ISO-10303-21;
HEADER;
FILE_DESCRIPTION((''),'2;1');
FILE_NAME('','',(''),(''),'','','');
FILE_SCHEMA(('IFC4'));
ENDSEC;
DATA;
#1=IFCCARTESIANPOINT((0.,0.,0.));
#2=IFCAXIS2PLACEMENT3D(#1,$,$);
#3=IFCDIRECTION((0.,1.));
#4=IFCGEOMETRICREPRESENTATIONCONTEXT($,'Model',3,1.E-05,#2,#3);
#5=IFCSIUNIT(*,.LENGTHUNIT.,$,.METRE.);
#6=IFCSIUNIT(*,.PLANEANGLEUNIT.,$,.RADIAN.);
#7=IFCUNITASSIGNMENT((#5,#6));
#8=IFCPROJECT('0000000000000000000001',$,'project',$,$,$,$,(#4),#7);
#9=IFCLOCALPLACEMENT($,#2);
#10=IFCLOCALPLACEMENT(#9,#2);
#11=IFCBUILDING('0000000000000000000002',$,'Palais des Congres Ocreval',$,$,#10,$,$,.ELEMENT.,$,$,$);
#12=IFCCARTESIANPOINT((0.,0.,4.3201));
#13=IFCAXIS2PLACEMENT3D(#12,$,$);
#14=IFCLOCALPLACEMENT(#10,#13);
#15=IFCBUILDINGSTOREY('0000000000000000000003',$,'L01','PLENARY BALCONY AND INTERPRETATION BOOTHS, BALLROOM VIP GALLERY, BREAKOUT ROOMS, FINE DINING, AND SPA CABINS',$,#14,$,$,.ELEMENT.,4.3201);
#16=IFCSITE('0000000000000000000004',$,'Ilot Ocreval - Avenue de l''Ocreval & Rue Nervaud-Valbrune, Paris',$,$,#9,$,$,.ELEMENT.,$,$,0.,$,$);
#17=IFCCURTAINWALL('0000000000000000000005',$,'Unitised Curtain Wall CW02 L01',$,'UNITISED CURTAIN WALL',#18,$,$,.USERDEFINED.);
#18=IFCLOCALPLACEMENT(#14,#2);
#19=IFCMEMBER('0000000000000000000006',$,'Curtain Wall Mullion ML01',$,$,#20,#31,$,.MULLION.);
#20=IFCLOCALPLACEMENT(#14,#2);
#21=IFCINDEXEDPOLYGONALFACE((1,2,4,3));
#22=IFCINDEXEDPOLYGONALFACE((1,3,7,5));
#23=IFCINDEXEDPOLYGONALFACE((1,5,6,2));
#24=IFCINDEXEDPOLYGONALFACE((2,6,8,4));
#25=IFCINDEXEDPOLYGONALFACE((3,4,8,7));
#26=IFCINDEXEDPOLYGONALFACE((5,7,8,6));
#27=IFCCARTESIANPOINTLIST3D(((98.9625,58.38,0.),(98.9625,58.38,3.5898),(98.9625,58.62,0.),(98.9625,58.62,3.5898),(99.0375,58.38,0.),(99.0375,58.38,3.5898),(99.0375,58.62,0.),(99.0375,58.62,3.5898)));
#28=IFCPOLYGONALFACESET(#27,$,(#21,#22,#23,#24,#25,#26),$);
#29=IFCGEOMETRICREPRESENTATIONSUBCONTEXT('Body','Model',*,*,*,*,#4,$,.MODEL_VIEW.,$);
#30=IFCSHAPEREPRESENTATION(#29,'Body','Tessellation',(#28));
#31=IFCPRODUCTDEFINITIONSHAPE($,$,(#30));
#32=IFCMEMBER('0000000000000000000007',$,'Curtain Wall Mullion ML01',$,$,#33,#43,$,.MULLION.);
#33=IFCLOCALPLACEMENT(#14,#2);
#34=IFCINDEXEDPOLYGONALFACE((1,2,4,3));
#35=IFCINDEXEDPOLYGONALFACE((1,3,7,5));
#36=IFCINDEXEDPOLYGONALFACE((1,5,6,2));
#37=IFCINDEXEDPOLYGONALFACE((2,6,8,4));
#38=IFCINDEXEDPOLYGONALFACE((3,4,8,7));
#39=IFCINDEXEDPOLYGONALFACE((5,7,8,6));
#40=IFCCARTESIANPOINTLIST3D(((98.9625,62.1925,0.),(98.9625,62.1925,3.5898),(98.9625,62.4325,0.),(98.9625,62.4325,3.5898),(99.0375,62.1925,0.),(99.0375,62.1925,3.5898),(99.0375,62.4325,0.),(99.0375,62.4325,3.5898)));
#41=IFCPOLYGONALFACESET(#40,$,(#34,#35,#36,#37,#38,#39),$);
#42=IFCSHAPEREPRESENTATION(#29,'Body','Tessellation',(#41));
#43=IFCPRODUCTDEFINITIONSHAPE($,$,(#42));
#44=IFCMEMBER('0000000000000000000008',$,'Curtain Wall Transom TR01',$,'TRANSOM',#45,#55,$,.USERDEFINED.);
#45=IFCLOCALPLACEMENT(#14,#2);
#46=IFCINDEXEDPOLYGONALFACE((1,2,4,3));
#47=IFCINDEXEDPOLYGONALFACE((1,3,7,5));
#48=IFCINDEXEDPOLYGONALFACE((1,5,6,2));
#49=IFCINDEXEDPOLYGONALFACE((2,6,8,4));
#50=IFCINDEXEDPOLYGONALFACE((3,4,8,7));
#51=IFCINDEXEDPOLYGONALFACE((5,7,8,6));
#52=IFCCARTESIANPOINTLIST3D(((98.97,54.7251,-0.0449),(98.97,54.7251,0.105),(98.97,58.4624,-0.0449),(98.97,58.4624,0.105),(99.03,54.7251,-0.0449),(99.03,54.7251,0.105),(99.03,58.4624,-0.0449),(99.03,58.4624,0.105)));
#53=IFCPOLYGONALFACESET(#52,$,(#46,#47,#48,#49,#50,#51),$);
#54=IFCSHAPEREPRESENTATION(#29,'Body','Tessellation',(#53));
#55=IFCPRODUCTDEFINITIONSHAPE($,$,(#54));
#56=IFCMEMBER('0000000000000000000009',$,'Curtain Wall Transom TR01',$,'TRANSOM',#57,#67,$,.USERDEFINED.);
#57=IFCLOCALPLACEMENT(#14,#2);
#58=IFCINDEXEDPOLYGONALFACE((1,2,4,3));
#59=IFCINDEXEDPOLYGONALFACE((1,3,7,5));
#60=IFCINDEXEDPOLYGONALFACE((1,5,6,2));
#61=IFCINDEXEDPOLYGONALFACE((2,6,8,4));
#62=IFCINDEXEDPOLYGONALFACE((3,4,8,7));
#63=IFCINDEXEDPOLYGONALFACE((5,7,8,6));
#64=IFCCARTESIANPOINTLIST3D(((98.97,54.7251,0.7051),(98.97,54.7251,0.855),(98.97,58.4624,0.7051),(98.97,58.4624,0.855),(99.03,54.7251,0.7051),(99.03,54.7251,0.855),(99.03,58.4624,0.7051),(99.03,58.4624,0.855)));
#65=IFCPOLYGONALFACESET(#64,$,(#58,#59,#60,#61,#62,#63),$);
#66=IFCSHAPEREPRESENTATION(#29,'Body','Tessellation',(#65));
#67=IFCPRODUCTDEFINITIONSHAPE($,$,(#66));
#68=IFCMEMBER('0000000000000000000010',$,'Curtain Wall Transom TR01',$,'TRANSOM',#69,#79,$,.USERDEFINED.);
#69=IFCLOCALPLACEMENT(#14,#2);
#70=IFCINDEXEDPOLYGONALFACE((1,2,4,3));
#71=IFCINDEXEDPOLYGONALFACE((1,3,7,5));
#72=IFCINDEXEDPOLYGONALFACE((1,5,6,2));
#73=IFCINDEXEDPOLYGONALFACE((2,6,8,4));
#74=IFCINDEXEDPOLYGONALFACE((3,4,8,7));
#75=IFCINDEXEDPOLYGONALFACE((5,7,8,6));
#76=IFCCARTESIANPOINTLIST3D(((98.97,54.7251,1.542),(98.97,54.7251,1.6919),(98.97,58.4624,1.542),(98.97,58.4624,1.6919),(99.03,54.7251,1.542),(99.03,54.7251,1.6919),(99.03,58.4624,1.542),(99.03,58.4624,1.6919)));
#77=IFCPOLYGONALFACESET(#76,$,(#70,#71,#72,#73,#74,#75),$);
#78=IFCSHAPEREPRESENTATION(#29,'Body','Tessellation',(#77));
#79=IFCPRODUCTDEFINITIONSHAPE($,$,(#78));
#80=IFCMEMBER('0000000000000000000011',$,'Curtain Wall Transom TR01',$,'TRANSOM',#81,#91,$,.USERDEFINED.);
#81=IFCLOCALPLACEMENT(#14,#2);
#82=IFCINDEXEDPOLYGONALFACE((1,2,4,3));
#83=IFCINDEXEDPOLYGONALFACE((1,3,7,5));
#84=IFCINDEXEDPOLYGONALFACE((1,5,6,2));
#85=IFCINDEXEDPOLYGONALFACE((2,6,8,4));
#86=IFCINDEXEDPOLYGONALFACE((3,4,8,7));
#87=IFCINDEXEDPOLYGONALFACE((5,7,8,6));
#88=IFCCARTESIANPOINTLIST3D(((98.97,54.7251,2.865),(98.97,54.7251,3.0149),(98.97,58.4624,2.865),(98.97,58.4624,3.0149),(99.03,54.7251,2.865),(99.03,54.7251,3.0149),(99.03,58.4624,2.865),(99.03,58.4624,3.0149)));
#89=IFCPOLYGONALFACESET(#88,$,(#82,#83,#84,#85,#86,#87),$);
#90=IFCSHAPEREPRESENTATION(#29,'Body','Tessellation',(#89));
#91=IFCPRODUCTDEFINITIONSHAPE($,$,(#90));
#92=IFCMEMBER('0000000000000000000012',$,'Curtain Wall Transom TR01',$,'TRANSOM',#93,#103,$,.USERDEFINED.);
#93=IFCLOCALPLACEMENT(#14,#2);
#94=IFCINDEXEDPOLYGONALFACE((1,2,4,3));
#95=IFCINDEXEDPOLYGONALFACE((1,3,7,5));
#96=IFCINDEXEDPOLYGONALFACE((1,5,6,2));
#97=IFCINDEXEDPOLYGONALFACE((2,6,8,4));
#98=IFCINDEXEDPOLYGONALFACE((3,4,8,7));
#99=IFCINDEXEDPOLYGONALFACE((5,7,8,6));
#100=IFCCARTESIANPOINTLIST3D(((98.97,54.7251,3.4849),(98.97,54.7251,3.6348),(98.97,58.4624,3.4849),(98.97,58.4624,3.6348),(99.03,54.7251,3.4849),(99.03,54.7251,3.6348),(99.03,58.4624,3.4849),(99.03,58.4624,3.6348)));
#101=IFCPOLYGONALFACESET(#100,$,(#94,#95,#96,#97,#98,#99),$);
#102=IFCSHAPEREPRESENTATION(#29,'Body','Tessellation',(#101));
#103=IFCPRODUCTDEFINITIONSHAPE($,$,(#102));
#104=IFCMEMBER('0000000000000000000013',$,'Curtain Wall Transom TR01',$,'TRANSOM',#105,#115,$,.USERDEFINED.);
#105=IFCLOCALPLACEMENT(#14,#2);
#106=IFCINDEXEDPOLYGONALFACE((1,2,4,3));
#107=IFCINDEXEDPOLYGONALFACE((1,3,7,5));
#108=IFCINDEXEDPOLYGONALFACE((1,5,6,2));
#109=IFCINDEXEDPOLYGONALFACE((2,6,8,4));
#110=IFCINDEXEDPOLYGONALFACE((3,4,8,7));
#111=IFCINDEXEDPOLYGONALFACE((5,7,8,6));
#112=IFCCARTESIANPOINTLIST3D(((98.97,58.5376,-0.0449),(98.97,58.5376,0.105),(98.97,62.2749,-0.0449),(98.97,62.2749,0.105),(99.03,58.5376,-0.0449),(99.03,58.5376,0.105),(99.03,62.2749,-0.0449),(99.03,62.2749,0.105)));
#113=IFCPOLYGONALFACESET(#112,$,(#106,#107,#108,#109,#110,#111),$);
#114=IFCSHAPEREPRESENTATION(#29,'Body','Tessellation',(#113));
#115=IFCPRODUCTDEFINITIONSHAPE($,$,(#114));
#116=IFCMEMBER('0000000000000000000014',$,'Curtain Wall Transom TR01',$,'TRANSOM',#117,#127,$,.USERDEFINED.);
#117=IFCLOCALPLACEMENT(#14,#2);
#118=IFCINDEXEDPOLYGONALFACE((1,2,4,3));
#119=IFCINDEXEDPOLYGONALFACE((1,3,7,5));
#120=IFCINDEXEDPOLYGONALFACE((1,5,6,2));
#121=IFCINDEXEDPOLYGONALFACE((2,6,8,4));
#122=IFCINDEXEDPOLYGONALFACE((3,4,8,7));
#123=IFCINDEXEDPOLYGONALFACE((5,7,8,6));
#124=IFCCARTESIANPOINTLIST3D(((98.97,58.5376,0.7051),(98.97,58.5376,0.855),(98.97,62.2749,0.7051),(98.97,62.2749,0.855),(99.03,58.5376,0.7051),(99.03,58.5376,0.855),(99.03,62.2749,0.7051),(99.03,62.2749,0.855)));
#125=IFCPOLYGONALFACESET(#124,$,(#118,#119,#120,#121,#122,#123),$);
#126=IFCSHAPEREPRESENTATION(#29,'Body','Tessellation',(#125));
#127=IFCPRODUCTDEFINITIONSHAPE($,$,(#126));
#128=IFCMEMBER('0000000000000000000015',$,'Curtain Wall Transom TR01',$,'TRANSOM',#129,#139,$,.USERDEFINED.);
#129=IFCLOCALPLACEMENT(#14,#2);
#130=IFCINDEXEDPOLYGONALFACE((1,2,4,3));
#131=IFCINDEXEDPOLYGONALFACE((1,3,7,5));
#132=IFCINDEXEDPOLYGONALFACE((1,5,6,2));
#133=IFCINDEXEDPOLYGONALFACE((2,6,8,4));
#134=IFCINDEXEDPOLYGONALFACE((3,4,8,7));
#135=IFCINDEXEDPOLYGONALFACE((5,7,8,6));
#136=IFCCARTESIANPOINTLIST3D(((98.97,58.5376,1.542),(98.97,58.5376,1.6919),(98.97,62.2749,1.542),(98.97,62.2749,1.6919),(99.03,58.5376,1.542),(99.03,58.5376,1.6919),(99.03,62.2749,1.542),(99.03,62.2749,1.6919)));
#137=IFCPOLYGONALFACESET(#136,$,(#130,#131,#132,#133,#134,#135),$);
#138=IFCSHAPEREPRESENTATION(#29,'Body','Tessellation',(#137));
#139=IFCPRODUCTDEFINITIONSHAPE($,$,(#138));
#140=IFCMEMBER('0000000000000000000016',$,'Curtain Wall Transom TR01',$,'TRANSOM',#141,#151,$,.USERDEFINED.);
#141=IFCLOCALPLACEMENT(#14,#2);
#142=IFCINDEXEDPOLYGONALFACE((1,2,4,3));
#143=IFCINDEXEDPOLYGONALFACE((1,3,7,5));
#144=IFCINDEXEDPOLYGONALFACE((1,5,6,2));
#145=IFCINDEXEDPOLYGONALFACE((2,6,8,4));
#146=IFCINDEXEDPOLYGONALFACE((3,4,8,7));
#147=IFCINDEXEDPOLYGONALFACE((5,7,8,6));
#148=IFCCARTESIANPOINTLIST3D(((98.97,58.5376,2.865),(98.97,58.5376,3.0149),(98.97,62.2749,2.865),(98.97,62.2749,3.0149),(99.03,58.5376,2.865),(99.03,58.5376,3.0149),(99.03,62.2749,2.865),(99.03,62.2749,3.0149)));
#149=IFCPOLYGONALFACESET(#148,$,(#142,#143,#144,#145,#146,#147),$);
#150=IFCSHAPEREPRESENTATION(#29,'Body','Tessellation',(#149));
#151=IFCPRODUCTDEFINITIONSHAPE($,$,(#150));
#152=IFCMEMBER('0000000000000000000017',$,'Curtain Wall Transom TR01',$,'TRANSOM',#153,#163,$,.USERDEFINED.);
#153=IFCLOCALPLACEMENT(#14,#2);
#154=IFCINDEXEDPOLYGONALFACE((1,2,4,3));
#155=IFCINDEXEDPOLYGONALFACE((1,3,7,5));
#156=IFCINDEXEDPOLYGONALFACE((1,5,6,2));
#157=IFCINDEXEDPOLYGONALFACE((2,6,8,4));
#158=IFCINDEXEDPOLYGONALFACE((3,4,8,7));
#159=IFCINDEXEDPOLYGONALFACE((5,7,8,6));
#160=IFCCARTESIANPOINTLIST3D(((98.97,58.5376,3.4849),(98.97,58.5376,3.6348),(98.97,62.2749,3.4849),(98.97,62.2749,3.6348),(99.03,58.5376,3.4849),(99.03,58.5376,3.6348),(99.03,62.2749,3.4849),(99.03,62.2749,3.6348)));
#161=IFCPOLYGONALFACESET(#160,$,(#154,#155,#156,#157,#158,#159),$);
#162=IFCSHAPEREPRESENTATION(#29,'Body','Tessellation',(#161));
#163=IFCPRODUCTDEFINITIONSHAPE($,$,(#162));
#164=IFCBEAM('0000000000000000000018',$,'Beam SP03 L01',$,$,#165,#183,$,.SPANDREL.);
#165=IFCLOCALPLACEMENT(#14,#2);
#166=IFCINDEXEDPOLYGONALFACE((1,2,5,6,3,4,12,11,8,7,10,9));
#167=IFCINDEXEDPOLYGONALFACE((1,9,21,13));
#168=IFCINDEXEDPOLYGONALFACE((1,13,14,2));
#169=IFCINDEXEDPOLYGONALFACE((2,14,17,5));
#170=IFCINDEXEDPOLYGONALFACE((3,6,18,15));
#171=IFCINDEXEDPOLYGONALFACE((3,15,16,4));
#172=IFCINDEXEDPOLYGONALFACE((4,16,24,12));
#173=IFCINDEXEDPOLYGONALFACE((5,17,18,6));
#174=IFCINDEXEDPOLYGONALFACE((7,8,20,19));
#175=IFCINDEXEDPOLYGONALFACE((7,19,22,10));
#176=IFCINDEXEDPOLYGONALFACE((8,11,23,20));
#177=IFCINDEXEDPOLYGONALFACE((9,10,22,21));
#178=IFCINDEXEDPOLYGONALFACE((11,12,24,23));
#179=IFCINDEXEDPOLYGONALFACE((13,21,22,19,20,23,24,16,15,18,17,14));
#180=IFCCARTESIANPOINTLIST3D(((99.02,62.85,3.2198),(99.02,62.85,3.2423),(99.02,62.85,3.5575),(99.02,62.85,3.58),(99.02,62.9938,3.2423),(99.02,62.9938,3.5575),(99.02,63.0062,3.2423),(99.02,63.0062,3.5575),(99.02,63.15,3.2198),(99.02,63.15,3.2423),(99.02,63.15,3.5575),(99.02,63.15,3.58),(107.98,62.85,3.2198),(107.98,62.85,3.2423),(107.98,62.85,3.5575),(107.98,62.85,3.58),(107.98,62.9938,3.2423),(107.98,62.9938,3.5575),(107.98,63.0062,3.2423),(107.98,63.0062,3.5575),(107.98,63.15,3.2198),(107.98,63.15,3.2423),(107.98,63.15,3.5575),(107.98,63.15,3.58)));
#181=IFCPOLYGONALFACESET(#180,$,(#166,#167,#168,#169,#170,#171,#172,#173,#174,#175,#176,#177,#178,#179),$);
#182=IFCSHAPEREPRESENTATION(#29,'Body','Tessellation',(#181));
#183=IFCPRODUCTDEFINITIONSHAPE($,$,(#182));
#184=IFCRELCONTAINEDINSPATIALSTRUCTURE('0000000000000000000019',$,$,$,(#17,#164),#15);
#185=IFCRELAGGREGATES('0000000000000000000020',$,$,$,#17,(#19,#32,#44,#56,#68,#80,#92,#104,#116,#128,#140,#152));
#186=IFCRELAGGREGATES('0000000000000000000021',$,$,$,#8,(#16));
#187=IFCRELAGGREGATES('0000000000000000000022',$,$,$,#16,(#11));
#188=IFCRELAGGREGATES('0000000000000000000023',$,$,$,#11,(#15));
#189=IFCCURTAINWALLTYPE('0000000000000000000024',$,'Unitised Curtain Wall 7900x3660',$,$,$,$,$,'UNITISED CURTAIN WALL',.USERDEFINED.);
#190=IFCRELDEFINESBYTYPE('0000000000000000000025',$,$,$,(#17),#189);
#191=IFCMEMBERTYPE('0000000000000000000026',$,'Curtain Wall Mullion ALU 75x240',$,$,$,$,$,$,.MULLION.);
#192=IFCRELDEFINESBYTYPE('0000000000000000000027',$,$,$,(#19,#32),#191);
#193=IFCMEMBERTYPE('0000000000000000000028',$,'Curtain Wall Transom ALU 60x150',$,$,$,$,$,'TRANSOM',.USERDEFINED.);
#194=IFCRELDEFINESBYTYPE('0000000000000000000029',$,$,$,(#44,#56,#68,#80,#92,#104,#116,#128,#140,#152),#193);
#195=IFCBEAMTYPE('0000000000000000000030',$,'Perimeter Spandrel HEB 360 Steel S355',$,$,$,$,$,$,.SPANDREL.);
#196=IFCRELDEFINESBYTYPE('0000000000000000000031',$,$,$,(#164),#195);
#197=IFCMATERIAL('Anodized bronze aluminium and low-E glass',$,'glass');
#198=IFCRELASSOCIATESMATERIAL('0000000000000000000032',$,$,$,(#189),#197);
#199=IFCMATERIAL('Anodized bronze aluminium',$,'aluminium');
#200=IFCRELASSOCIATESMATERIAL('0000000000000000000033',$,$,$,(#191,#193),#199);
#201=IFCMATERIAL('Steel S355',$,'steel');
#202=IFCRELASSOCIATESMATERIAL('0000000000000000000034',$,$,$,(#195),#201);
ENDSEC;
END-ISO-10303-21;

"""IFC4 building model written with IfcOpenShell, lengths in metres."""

from ifc_helpers import new_model, si_unit, direction, frame, origin, origin_2d, place, context, subcontext, project, spatial, rectangle, i_section, extrude, material, material_profile, profile_set, type_object, element, aggregate, save


model = new_model("IFC4")

# Units and contexts
model_context = context("Model", 3, precision=1e-05, world=origin(), true_north=direction((0.0, 1.0)))
body_context = subcontext(model_context, "Body", "Model", "MODEL_VIEW")
ifc_project = project(units=[si_unit("LENGTHUNIT", "METRE"), si_unit("PLANEANGLEUNIT", "RADIAN")], contexts=[model_context])

# Site, building, storey
site_placement = place(None, origin())
site = spatial("IfcSite", under=ifc_project, at=site_placement, Name="Ilot Ocreval - Avenue de l'Ocreval & Rue Nervaud-Valbrune, Paris", CompositionType="ELEMENT", RefElevation=0.0)
building_placement = place(site_placement, origin())
building = spatial("IfcBuilding", under=site, at=building_placement, Name="Palais des Congres Ocreval", CompositionType="ELEMENT")
storey_placement = place(building_placement, frame((0.0, 0.0, 4.3201)))
storey = spatial("IfcBuildingStorey", under=building, at=storey_placement, Name="L01", Description="PLENARY BALCONY AND INTERPRETATION BOOTHS, BALLROOM VIP GALLERY, BREAKOUT ROOMS, FINE DINING, AND SPA CABINS", CompositionType="ELEMENT", Elevation=4.3201)

# Curtain wall, members
ifc_material_1 = material(Name="Anodized bronze aluminium and low-E glass", Category="glass")
curtain_wall_type = type_object("IfcCurtainWallType", Name="Unitised Curtain Wall 7900x3660", ElementType="UNITISED CURTAIN WALL", PredefinedType="USERDEFINED", material=ifc_material_1)
curtain_wall_placement = place(storey_placement, origin())
curtain_wall = element("IfcCurtainWall", 1, at=curtain_wall_placement, inside=storey, type_object=curtain_wall_type, Name="Unitised Curtain Wall CW02 L01", ObjectType="UNITISED CURTAIN WALL", PredefinedType="USERDEFINED")
ifc_material_2 = material(Name="Anodized bronze aluminium", Category="aluminium")
ifc_material_profile_1 = material_profile(ifc_material_2, rectangle(XDim=0.075, YDim=0.24, at=origin_2d()), Name="ALU 75x240")
ifc_profile_set_1 = profile_set([ifc_material_profile_1], Name="Anodized bronze aluminium")
member_type_1 = type_object("IfcMemberType", Name="Curtain Wall Mullion ALU 75x240", PredefinedType="MULLION", material=ifc_profile_set_1)
member_1_placement = place(storey_placement, frame((99.0, 58.5, 0.0), z_axis=(0.0, 0.0, 1.0), x_axis=(-1.0, 0.0, 0.0)))
member_1 = element("IfcMember", 2, at=member_1_placement, type_object=member_type_1, Name="Curtain Wall Mullion ML01", PredefinedType="MULLION", context=body_context, shape_type="SweptSolid", body=[
    extrude(rectangle(XDim=0.075, YDim=0.24, at=origin_2d()), origin(), (0.0, 0.0, 1.0), 3.5898),
])
member_2_placement = place(storey_placement, frame((99.0, 62.3125, 0.0), z_axis=(0.0, 0.0, 1.0), x_axis=(-1.0, 0.0, 0.0)))
member_2 = element("IfcMember", 3, at=member_2_placement, type_object=member_type_1, Name="Curtain Wall Mullion ML01", PredefinedType="MULLION", context=body_context, shape_type="SweptSolid", body=[
    extrude(rectangle(XDim=0.075, YDim=0.24, at=origin_2d()), origin(), (0.0, 0.0, 1.0), 3.5898),
])
ifc_material_profile_2 = material_profile(ifc_material_2, rectangle(XDim=0.0601, YDim=0.1499, at=origin_2d()), Name="ALU 60x150")
ifc_profile_set_2 = profile_set([ifc_material_profile_2], Name="Anodized bronze aluminium")
member_type_2 = type_object("IfcMemberType", Name="Curtain Wall Transom ALU 60x150", ElementType="TRANSOM", PredefinedType="USERDEFINED", material=ifc_profile_set_2)
member_3_placement = place(storey_placement, frame((99.0, 54.7251, 0.03), z_axis=(0.0, 1.0, 0.0), x_axis=(-1.0, 0.0, 0.0)))
member_3 = element("IfcMember", 4, at=member_3_placement, type_object=member_type_2, Name="Curtain Wall Transom TR01", ObjectType="TRANSOM", PredefinedType="USERDEFINED", context=body_context, shape_type="SweptSolid", body=[
    extrude(rectangle(XDim=0.0601, YDim=0.1499, at=origin_2d()), origin(), (0.0, 0.0, 1.0), 3.7373),
])
member_4_placement = place(storey_placement, frame((99.0, 54.7251, 0.78), z_axis=(0.0, 1.0, 0.0), x_axis=(-1.0, 0.0, 0.0)))
member_4 = element("IfcMember", 5, at=member_4_placement, type_object=member_type_2, Name="Curtain Wall Transom TR01", ObjectType="TRANSOM", PredefinedType="USERDEFINED", context=body_context, shape_type="SweptSolid", body=[
    extrude(rectangle(XDim=0.0601, YDim=0.1499, at=origin_2d()), origin(), (0.0, 0.0, 1.0), 3.7373),
])
member_5_placement = place(storey_placement, frame((99.0, 54.7251, 1.6169), z_axis=(0.0, 1.0, 0.0), x_axis=(-1.0, 0.0, 0.0)))
member_5 = element("IfcMember", 6, at=member_5_placement, type_object=member_type_2, Name="Curtain Wall Transom TR01", ObjectType="TRANSOM", PredefinedType="USERDEFINED", context=body_context, shape_type="SweptSolid", body=[
    extrude(rectangle(XDim=0.0601, YDim=0.1499, at=origin_2d()), origin(), (0.0, 0.0, 1.0), 3.7373),
])
member_6_placement = place(storey_placement, frame((99.0, 54.7251, 2.9399), z_axis=(0.0, 1.0, 0.0), x_axis=(-1.0, 0.0, 0.0)))
member_6 = element("IfcMember", 7, at=member_6_placement, type_object=member_type_2, Name="Curtain Wall Transom TR01", ObjectType="TRANSOM", PredefinedType="USERDEFINED", context=body_context, shape_type="SweptSolid", body=[
    extrude(rectangle(XDim=0.0601, YDim=0.1499, at=origin_2d()), origin(), (0.0, 0.0, 1.0), 3.7373),
])
member_7_placement = place(storey_placement, frame((99.0, 54.7251, 3.5598), z_axis=(0.0, 1.0, 0.0), x_axis=(-1.0, 0.0, 0.0)))
member_7 = element("IfcMember", 8, at=member_7_placement, type_object=member_type_2, Name="Curtain Wall Transom TR01", ObjectType="TRANSOM", PredefinedType="USERDEFINED", context=body_context, shape_type="SweptSolid", body=[
    extrude(rectangle(XDim=0.0601, YDim=0.1499, at=origin_2d()), origin(), (0.0, 0.0, 1.0), 3.7373),
])
member_8_placement = place(storey_placement, frame((99.0, 58.5376, 0.03), z_axis=(0.0, 1.0, 0.0), x_axis=(-1.0, 0.0, 0.0)))
member_8 = element("IfcMember", 9, at=member_8_placement, type_object=member_type_2, Name="Curtain Wall Transom TR01", ObjectType="TRANSOM", PredefinedType="USERDEFINED", context=body_context, shape_type="SweptSolid", body=[
    extrude(rectangle(XDim=0.0601, YDim=0.1499, at=origin_2d()), origin(), (0.0, 0.0, 1.0), 3.7373),
])
member_9_placement = place(storey_placement, frame((99.0, 58.5376, 0.78), z_axis=(0.0, 1.0, 0.0), x_axis=(-1.0, 0.0, 0.0)))
member_9 = element("IfcMember", 10, at=member_9_placement, type_object=member_type_2, Name="Curtain Wall Transom TR01", ObjectType="TRANSOM", PredefinedType="USERDEFINED", context=body_context, shape_type="SweptSolid", body=[
    extrude(rectangle(XDim=0.0601, YDim=0.1499, at=origin_2d()), origin(), (0.0, 0.0, 1.0), 3.7373),
])
member_10_placement = place(storey_placement, frame((99.0, 58.5376, 1.6169), z_axis=(0.0, 1.0, 0.0), x_axis=(-1.0, 0.0, 0.0)))
member_10 = element("IfcMember", 11, at=member_10_placement, type_object=member_type_2, Name="Curtain Wall Transom TR01", ObjectType="TRANSOM", PredefinedType="USERDEFINED", context=body_context, shape_type="SweptSolid", body=[
    extrude(rectangle(XDim=0.0601, YDim=0.1499, at=origin_2d()), origin(), (0.0, 0.0, 1.0), 3.7373),
])
member_11_placement = place(storey_placement, frame((99.0, 58.5376, 2.9399), z_axis=(0.0, 1.0, 0.0), x_axis=(-1.0, 0.0, 0.0)))
member_11 = element("IfcMember", 12, at=member_11_placement, type_object=member_type_2, Name="Curtain Wall Transom TR01", ObjectType="TRANSOM", PredefinedType="USERDEFINED", context=body_context, shape_type="SweptSolid", body=[
    extrude(rectangle(XDim=0.0601, YDim=0.1499, at=origin_2d()), origin(), (0.0, 0.0, 1.0), 3.7373),
])
member_12_placement = place(storey_placement, frame((99.0, 58.5376, 3.5598), z_axis=(0.0, 1.0, 0.0), x_axis=(-1.0, 0.0, 0.0)))
member_12 = element("IfcMember", 13, at=member_12_placement, type_object=member_type_2, Name="Curtain Wall Transom TR01", ObjectType="TRANSOM", PredefinedType="USERDEFINED", context=body_context, shape_type="SweptSolid", body=[
    extrude(rectangle(XDim=0.0601, YDim=0.1499, at=origin_2d()), origin(), (0.0, 0.0, 1.0), 3.7373),
])

# Beam
ifc_material_3 = material(Name="Steel S355", Category="steel")
ifc_material_profile_3 = material_profile(ifc_material_3, i_section(OverallWidth=0.3, OverallDepth=0.3601, WebThickness=0.0125, FlangeThickness=0.0225, at=origin_2d()), Name="HEB 360")
ifc_profile_set_3 = profile_set([ifc_material_profile_3], Name="Steel S355")
beam_type = type_object("IfcBeamType", Name="Perimeter Spandrel HEB 360 Steel S355", PredefinedType="SPANDREL", material=ifc_profile_set_3)
beam_placement = place(storey_placement, frame((99.02, 63.0, 3.3999), z_axis=(1.0, 0.0, 0.0), x_axis=(0.0, 1.0, 0.0)))
element("IfcBeam", 14, at=beam_placement, inside=storey, type_object=beam_type, Name="Beam SP03 L01", PredefinedType="SPANDREL", context=body_context, shape_type="SweptSolid", body=[
    extrude(i_section(OverallWidth=0.3, OverallDepth=0.3601, WebThickness=0.0125, FlangeThickness=0.0225, at=origin_2d()), origin(), (0.0, 0.0, 1.0), 8.96),
])

aggregate(curtain_wall, [member_1, member_2, member_3, member_4, member_5, member_6, member_7, member_8, member_9, member_10, member_11, member_12])

save(model, "model.ifc")
